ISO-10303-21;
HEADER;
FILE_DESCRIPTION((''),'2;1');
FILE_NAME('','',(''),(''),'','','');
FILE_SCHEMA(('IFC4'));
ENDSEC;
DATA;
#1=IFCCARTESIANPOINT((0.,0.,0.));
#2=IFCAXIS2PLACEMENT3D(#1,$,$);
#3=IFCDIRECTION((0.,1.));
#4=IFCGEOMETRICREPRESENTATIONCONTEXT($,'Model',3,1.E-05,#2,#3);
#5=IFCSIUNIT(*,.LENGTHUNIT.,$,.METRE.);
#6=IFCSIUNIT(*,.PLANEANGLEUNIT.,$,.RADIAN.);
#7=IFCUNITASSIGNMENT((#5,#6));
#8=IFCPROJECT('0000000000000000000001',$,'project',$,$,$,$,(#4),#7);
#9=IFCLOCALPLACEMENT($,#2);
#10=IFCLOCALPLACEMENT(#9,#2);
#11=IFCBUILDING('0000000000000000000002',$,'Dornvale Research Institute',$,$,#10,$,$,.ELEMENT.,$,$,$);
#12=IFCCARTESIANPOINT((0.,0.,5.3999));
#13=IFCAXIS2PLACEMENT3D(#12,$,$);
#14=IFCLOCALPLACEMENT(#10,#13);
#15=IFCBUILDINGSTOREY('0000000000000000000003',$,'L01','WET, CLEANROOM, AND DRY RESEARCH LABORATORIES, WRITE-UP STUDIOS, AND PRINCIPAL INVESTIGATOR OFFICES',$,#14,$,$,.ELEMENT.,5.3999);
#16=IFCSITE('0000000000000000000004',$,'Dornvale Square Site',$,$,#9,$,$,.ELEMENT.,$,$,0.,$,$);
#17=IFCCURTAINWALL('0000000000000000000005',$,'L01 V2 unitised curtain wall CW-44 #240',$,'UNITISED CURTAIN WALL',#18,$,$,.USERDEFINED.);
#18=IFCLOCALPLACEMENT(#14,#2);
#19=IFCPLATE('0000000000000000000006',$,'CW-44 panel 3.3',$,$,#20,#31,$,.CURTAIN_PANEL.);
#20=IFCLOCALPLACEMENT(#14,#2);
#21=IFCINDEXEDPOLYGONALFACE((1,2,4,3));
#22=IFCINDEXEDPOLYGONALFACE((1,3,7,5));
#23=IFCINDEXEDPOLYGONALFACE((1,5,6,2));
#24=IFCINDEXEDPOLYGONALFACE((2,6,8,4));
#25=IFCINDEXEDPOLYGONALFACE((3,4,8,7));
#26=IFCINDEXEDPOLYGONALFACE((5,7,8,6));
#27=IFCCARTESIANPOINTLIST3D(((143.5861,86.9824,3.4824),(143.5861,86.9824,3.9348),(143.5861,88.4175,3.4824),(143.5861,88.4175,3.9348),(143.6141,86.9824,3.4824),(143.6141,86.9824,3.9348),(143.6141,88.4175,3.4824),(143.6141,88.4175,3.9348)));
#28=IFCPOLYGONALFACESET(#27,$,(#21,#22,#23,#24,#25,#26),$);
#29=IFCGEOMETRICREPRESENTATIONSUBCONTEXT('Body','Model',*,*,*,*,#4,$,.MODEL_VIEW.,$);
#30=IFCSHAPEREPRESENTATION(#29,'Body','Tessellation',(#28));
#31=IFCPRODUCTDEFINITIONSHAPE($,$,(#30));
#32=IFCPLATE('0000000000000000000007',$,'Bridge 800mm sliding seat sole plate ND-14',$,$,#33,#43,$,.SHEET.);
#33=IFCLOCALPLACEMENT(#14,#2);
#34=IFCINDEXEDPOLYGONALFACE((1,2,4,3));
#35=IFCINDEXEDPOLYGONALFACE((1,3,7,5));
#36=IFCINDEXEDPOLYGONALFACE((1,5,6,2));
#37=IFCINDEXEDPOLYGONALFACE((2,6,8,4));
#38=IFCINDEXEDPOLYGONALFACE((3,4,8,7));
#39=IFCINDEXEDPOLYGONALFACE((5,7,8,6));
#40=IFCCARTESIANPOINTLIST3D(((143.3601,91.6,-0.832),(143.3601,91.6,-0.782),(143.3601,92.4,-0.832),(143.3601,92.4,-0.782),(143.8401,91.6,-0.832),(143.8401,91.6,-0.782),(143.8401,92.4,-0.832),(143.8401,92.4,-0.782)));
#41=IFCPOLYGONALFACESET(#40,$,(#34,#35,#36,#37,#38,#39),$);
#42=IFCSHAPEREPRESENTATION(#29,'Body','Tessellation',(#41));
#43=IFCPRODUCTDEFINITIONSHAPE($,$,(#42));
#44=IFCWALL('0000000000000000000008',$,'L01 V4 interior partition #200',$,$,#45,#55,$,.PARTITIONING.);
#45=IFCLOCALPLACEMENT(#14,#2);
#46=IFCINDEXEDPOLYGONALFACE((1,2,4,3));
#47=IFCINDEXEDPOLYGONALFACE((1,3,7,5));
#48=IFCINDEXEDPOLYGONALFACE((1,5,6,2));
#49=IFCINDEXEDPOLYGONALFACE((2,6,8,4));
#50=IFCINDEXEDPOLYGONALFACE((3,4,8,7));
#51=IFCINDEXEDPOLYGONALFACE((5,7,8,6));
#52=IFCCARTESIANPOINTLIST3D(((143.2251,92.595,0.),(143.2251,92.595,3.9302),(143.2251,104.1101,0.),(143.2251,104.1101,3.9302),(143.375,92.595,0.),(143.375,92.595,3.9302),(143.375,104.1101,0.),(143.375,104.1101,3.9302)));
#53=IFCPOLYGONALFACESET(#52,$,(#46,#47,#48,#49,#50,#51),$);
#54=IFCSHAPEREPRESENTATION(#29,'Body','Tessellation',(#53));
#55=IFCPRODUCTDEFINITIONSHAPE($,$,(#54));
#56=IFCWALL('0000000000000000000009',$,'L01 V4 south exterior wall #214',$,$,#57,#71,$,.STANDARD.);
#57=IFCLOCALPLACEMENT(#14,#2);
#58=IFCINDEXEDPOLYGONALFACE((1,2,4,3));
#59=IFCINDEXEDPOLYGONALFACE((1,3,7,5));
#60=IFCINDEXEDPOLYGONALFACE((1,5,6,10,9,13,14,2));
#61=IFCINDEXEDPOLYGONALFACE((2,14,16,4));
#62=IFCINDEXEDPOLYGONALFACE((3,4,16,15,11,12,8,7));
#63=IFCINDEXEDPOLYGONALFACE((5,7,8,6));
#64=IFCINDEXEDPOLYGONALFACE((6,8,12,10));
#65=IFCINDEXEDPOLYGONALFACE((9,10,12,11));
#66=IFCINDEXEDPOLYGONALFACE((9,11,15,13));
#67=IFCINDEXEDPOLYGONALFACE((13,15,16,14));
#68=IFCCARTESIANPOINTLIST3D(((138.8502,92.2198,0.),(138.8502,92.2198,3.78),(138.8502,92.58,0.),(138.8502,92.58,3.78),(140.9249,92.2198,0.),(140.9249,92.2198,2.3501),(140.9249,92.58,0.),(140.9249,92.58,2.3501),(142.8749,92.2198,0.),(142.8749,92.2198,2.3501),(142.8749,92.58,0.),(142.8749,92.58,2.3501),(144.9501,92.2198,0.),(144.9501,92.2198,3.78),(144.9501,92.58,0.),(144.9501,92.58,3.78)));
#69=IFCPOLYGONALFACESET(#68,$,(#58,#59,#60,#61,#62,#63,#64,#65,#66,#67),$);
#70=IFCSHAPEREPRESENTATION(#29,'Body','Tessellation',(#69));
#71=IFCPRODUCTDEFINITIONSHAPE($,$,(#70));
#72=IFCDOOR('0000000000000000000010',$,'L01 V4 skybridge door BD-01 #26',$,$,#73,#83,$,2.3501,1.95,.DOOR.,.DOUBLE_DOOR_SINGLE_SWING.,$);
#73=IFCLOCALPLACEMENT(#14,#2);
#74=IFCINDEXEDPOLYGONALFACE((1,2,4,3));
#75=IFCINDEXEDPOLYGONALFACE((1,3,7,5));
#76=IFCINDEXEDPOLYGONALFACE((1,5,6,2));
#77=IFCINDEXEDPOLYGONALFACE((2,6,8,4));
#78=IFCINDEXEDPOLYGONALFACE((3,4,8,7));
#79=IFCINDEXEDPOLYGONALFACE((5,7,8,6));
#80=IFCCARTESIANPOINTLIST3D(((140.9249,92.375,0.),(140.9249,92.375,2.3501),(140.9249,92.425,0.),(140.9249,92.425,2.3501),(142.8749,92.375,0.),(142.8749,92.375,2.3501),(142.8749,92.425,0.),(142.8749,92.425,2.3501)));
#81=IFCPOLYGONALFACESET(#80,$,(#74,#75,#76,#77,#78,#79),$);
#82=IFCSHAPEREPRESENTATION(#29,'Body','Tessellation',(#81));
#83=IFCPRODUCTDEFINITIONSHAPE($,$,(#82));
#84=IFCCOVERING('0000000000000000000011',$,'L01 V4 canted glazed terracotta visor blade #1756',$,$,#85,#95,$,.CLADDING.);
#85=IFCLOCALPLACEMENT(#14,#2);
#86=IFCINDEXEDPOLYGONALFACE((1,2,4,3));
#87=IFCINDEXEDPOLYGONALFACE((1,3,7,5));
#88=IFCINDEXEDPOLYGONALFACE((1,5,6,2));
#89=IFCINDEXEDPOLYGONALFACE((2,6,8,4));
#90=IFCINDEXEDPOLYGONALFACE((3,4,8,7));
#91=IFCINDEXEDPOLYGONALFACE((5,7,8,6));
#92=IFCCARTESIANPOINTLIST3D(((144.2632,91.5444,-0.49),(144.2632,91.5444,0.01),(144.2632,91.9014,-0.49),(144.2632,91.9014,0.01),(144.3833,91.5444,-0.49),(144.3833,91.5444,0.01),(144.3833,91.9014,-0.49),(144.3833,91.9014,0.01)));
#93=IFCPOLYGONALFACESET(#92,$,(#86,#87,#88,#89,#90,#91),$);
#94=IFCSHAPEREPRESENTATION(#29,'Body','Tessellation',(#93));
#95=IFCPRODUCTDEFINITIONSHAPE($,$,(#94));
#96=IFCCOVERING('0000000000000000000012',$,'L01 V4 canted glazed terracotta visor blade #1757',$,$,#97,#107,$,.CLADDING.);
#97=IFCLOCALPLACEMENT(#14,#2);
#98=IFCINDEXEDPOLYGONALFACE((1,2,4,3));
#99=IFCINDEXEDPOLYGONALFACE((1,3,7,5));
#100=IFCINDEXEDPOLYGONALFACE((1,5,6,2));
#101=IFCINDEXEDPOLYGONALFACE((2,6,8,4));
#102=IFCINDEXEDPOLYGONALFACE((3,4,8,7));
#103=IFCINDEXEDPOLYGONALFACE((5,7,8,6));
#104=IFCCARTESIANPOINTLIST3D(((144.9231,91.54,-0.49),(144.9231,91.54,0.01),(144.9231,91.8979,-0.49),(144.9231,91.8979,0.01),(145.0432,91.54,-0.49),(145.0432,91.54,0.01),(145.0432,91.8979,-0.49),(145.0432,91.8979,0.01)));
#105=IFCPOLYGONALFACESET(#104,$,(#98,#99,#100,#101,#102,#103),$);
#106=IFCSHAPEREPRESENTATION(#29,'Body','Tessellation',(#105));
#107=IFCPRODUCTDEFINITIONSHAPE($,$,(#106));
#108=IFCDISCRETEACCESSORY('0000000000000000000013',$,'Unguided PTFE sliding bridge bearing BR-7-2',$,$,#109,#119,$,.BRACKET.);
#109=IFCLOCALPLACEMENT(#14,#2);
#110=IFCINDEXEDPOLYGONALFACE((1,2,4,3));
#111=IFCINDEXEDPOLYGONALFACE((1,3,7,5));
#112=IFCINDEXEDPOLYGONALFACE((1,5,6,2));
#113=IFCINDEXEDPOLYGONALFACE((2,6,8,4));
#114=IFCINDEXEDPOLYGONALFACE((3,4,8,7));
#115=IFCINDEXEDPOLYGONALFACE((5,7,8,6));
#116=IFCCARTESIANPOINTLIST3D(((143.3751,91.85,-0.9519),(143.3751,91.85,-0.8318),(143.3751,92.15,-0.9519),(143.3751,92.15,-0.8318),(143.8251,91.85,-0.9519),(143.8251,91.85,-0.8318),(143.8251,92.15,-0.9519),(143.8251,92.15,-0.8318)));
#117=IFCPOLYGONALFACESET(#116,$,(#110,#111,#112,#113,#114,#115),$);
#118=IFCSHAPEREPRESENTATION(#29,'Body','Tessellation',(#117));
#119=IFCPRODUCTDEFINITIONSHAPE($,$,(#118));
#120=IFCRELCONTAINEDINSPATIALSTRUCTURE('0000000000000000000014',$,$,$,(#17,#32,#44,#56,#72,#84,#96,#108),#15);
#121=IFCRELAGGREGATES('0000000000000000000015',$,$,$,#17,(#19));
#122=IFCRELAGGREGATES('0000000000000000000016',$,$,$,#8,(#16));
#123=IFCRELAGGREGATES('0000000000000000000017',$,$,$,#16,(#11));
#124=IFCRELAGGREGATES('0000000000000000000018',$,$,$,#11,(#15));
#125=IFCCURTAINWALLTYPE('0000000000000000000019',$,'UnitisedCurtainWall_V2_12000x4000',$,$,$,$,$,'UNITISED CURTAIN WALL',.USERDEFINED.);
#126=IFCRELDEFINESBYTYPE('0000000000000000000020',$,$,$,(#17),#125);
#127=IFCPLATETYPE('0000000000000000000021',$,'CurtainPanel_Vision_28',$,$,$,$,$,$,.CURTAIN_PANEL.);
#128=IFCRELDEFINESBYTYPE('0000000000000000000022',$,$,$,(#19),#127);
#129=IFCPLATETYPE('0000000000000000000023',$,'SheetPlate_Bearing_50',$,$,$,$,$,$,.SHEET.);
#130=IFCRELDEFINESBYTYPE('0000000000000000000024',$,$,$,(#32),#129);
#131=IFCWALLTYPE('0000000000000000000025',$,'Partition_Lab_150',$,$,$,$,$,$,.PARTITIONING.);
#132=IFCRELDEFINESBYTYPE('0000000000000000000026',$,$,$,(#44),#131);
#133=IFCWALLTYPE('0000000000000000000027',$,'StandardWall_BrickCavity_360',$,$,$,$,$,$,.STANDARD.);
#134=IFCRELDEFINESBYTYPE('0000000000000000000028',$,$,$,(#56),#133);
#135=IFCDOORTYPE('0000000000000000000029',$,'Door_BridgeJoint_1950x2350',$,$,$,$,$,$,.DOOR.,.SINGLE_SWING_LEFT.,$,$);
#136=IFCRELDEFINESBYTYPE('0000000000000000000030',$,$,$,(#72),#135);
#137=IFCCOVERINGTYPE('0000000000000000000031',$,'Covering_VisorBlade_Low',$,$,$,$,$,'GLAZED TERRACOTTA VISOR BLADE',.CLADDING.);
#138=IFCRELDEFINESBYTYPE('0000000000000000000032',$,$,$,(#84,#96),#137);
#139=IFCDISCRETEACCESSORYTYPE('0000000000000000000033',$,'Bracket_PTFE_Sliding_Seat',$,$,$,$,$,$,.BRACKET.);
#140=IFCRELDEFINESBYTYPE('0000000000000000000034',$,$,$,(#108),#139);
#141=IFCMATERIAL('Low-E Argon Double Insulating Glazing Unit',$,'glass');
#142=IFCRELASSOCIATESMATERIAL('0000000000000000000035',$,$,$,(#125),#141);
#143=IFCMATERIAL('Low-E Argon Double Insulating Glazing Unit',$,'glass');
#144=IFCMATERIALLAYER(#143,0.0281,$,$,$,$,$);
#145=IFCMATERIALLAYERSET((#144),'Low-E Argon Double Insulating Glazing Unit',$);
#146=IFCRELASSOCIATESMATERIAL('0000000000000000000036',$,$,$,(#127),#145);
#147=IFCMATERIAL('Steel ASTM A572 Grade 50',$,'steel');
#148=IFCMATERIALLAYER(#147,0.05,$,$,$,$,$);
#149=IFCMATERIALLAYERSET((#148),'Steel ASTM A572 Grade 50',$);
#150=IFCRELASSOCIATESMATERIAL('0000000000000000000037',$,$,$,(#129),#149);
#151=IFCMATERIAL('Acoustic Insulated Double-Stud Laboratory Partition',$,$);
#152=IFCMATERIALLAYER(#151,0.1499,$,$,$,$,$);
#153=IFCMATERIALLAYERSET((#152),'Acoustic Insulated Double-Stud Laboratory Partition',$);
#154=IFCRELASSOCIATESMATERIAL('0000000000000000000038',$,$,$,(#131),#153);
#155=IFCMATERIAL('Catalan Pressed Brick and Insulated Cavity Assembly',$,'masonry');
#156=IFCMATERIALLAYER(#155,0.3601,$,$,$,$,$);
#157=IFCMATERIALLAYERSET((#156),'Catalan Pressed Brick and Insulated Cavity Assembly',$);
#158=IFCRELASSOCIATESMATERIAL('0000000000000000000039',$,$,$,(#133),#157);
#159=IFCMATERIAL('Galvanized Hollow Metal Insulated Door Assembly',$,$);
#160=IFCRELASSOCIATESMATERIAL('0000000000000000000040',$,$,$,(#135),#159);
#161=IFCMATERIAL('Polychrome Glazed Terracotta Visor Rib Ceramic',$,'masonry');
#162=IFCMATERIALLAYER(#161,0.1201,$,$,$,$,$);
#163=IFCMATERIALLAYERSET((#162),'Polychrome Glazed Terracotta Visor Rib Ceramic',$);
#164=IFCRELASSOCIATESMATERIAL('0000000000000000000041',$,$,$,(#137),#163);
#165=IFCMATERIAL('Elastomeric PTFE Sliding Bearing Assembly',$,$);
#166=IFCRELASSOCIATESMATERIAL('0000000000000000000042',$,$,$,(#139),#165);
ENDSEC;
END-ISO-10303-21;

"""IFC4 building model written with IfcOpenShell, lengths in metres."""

from ifc_helpers import new_model, si_unit, direction, frame, frame_2d, origin, origin_2d, place, context, subcontext, project, spatial, rectangle, extrude, material, layer, layer_set, type_object, element, fill, aggregate, save


model = new_model("IFC4")

# Units and contexts
model_context = context("Model", 3, precision=1e-05, world=origin(), true_north=direction((0.0, 1.0)))
body_context = subcontext(model_context, "Body", "Model", "MODEL_VIEW")
ifc_project = project(units=[si_unit("LENGTHUNIT", "METRE"), si_unit("PLANEANGLEUNIT", "RADIAN")], contexts=[model_context])

# Site, building, storey
site_placement = place(None, origin())
site = spatial("IfcSite", under=ifc_project, at=site_placement, Name="Dornvale Square Site", CompositionType="ELEMENT", RefElevation=0.0)
building_placement = place(site_placement, origin())
building = spatial("IfcBuilding", under=site, at=building_placement, Name="Dornvale Research Institute", CompositionType="ELEMENT")
storey_placement = place(building_placement, frame((0.0, 0.0, 5.3999)))
storey = spatial("IfcBuildingStorey", under=building, at=storey_placement, Name="L01", Description="WET, CLEANROOM, AND DRY RESEARCH LABORATORIES, WRITE-UP STUDIOS, AND PRINCIPAL INVESTIGATOR OFFICES", CompositionType="ELEMENT", Elevation=5.3999)

# Curtain wall
ifc_material_1 = material(Name="Low-E Argon Double Insulating Glazing Unit", Category="glass")
curtain_wall_type = type_object("IfcCurtainWallType", Name="UnitisedCurtainWall_V2_12000x4000", ElementType="UNITISED CURTAIN WALL", PredefinedType="USERDEFINED", material=ifc_material_1)
curtain_wall_placement = place(storey_placement, origin())
curtain_wall = element("IfcCurtainWall", 1, at=curtain_wall_placement, inside=storey, type_object=curtain_wall_type, Name="L01 V2 unitised curtain wall CW-44 #240", ObjectType="UNITISED CURTAIN WALL", PredefinedType="USERDEFINED")

# Plates
ifc_material_2 = material(Name="Low-E Argon Double Insulating Glazing Unit", Category="glass")
ifc_layer_1 = layer(ifc_material_2, 0.0281)
ifc_layer_set_1 = layer_set([ifc_layer_1], Name="Low-E Argon Double Insulating Glazing Unit")
plate_type_1 = type_object("IfcPlateType", Name="CurtainPanel_Vision_28", PredefinedType="CURTAIN_PANEL", material=ifc_layer_set_1)
plate_1_placement = place(storey_placement, frame((143.6001, 87.7, 3.4824), z_axis=(0.0, 0.0, 1.0), x_axis=(0.0, -1.0, 0.0)))
plate_1 = element("IfcPlate", 2, at=plate_1_placement, type_object=plate_type_1, Name="CW-44 panel 3.3", PredefinedType="CURTAIN_PANEL", context=body_context, shape_type="SweptSolid", body=[
    extrude(rectangle(XDim=1.4351, YDim=0.0281, at=origin_2d()), origin(), (0.0, 0.0, 1.0), 0.4524),
])
aggregate(curtain_wall, [plate_1])
ifc_material_3 = material(Name="Steel ASTM A572 Grade 50", Category="steel")
ifc_layer_2 = layer(ifc_material_3, 0.05)
ifc_layer_set_2 = layer_set([ifc_layer_2], Name="Steel ASTM A572 Grade 50")
plate_type_2 = type_object("IfcPlateType", Name="SheetPlate_Bearing_50", PredefinedType="SHEET", material=ifc_layer_set_2)
plate_2_placement = place(storey_placement, frame((143.6001, 92.0, -0.832), z_axis=(0.0, 0.0, 1.0), x_axis=(1.0, 0.0, 0.0)))
element("IfcPlate", 3, at=plate_2_placement, inside=storey, type_object=plate_type_2, Name="Bridge 800mm sliding seat sole plate ND-14", PredefinedType="SHEET", context=body_context, shape_type="SweptSolid", body=[
    extrude(rectangle(XDim=0.48, YDim=0.8, at=origin_2d()), origin(), (0.0, 0.0, 1.0), 0.05),
])

# Wall
ifc_material_4 = material(Name="Acoustic Insulated Double-Stud Laboratory Partition")
ifc_layer_3 = layer(ifc_material_4, 0.1499)
ifc_layer_set_3 = layer_set([ifc_layer_3], Name="Acoustic Insulated Double-Stud Laboratory Partition")
wall_type_1 = type_object("IfcWallType", Name="Partition_Lab_150", PredefinedType="PARTITIONING", material=ifc_layer_set_3)
wall_1_placement = place(storey_placement, frame((143.3, 92.595, 0.0), z_axis=(0.0, 0.0, 1.0), x_axis=(0.0, 1.0, 0.0)))
element("IfcWall", 4, at=wall_1_placement, inside=storey, type_object=wall_type_1, Name="L01 V4 interior partition #200", PredefinedType="PARTITIONING", context=body_context, shape_type="SweptSolid", body=[
    extrude(rectangle(XDim=11.5151, YDim=0.1499, at=frame_2d((5.7576, 0.0))), origin(), (0.0, 0.0, 1.0), 3.9302),
])

# Wall, opening, door
ifc_material_5 = material(Name="Catalan Pressed Brick and Insulated Cavity Assembly", Category="masonry")
ifc_layer_4 = layer(ifc_material_5, 0.3601)
ifc_layer_set_4 = layer_set([ifc_layer_4], Name="Catalan Pressed Brick and Insulated Cavity Assembly")
wall_type_2 = type_object("IfcWallType", Name="StandardWall_BrickCavity_360", PredefinedType="STANDARD", material=ifc_layer_set_4)
wall_2_placement = place(storey_placement, frame((144.95, 92.3999, 0.0), z_axis=(0.0, 0.0, 1.0), x_axis=(-1.0, 0.0, 0.0)))
wall_2 = element("IfcWall", 5, at=wall_2_placement, inside=storey, type_object=wall_type_2, Name="L01 V4 south exterior wall #214", PredefinedType="STANDARD", context=body_context, shape_type="SweptSolid", body=[
    extrude(rectangle(XDim=6.0999, YDim=0.3601, at=frame_2d((3.0498, 0.0))), origin(), (0.0, 0.0, 1.0), 3.78),
])
opening_placement = place(wall_2_placement, frame((2.075, 0.0, 0.0)))
opening = element("IfcOpeningElement", 6, at=opening_placement, cuts=wall_2, PredefinedType="OPENING", context=body_context, shape_type="SweptSolid", body=[
    extrude(rectangle(XDim=1.95, YDim=2.3501, at=frame_2d((0.9751, 1.175))), frame((0.0, 0.1951, 0.0), z_axis=(0.0, -1.0, 0.0), x_axis=(1.0, 0.0, 0.0)), (0.0, 0.0, 1.0), 0.3901),
])
ifc_material_6 = material(Name="Galvanized Hollow Metal Insulated Door Assembly")
door_type = type_object("IfcDoorType", Name="Door_BridgeJoint_1950x2350", OperationType="SINGLE_SWING_LEFT", PredefinedType="DOOR", material=ifc_material_6)
door_placement = place(opening_placement, origin())
door = element("IfcDoor", 7, at=door_placement, inside=storey, type_object=door_type, Name="L01 V4 skybridge door BD-01 #26", OperationType="DOUBLE_DOOR_SINGLE_SWING", OverallHeight=2.3501, OverallWidth=1.95, PredefinedType="DOOR", context=body_context, shape_type="SweptSolid", body=[
    extrude(rectangle(XDim=1.95, YDim=2.3501, at=frame_2d((0.9751, 1.175))), frame((0.0, 0.0249, 0.0), z_axis=(0.0, -1.0, 0.0), x_axis=(1.0, 0.0, 0.0)), (0.0, 0.0, 1.0), 0.05),
])
fill(opening, door)

# Coverings
ifc_material_7 = material(Name="Polychrome Glazed Terracotta Visor Rib Ceramic", Category="masonry")
ifc_layer_5 = layer(ifc_material_7, 0.1201)
ifc_layer_set_5 = layer_set([ifc_layer_5], Name="Polychrome Glazed Terracotta Visor Rib Ceramic")
covering_type = type_object("IfcCoveringType", Name="Covering_VisorBlade_Low", ElementType="GLAZED TERRACOTTA VISOR BLADE", PredefinedType="CLADDING", material=ifc_layer_set_5)
covering_1_placement = place(storey_placement, frame((144.3232, 91.7229, -0.49), z_axis=(0.0, 0.0, 1.0), x_axis=(0.0, 1.0, 0.0)))
element("IfcCovering", 8, at=covering_1_placement, inside=storey, type_object=covering_type, Name="L01 V4 canted glazed terracotta visor blade #1756", PredefinedType="CLADDING", context=body_context, shape_type="SweptSolid", body=[
    extrude(rectangle(XDim=0.3569, YDim=0.1201, at=origin_2d()), origin(), (0.0, 0.0, 1.0), 0.5),
])
covering_2_placement = place(storey_placement, frame((144.9832, 91.719, -0.49), z_axis=(0.0, 0.0, 1.0), x_axis=(0.0, 1.0, 0.0)))
element("IfcCovering", 9, at=covering_2_placement, inside=storey, type_object=covering_type, Name="L01 V4 canted glazed terracotta visor blade #1757", PredefinedType="CLADDING", context=body_context, shape_type="SweptSolid", body=[
    extrude(rectangle(XDim=0.3579, YDim=0.1201, at=origin_2d()), origin(), (0.0, 0.0, 1.0), 0.5),
])

# Discrete accessory
ifc_material_8 = material(Name="Elastomeric PTFE Sliding Bearing Assembly")
discrete_accessory_type = type_object("IfcDiscreteAccessoryType", Name="Bracket_PTFE_Sliding_Seat", PredefinedType="BRACKET", material=ifc_material_8)
discrete_accessory_placement = place(storey_placement, frame((143.6001, 92.0, -0.9519), z_axis=(0.0, 0.0, 1.0), x_axis=(1.0, 0.0, 0.0)))
element("IfcDiscreteAccessory", 10, at=discrete_accessory_placement, inside=storey, type_object=discrete_accessory_type, Name="Unguided PTFE sliding bridge bearing BR-7-2", PredefinedType="BRACKET", context=body_context, shape_type="SweptSolid", body=[
    extrude(rectangle(XDim=0.45, YDim=0.3, at=origin_2d()), origin(), (0.0, 0.0, 1.0), 0.1201),
])

save(model, "model.ifc")
